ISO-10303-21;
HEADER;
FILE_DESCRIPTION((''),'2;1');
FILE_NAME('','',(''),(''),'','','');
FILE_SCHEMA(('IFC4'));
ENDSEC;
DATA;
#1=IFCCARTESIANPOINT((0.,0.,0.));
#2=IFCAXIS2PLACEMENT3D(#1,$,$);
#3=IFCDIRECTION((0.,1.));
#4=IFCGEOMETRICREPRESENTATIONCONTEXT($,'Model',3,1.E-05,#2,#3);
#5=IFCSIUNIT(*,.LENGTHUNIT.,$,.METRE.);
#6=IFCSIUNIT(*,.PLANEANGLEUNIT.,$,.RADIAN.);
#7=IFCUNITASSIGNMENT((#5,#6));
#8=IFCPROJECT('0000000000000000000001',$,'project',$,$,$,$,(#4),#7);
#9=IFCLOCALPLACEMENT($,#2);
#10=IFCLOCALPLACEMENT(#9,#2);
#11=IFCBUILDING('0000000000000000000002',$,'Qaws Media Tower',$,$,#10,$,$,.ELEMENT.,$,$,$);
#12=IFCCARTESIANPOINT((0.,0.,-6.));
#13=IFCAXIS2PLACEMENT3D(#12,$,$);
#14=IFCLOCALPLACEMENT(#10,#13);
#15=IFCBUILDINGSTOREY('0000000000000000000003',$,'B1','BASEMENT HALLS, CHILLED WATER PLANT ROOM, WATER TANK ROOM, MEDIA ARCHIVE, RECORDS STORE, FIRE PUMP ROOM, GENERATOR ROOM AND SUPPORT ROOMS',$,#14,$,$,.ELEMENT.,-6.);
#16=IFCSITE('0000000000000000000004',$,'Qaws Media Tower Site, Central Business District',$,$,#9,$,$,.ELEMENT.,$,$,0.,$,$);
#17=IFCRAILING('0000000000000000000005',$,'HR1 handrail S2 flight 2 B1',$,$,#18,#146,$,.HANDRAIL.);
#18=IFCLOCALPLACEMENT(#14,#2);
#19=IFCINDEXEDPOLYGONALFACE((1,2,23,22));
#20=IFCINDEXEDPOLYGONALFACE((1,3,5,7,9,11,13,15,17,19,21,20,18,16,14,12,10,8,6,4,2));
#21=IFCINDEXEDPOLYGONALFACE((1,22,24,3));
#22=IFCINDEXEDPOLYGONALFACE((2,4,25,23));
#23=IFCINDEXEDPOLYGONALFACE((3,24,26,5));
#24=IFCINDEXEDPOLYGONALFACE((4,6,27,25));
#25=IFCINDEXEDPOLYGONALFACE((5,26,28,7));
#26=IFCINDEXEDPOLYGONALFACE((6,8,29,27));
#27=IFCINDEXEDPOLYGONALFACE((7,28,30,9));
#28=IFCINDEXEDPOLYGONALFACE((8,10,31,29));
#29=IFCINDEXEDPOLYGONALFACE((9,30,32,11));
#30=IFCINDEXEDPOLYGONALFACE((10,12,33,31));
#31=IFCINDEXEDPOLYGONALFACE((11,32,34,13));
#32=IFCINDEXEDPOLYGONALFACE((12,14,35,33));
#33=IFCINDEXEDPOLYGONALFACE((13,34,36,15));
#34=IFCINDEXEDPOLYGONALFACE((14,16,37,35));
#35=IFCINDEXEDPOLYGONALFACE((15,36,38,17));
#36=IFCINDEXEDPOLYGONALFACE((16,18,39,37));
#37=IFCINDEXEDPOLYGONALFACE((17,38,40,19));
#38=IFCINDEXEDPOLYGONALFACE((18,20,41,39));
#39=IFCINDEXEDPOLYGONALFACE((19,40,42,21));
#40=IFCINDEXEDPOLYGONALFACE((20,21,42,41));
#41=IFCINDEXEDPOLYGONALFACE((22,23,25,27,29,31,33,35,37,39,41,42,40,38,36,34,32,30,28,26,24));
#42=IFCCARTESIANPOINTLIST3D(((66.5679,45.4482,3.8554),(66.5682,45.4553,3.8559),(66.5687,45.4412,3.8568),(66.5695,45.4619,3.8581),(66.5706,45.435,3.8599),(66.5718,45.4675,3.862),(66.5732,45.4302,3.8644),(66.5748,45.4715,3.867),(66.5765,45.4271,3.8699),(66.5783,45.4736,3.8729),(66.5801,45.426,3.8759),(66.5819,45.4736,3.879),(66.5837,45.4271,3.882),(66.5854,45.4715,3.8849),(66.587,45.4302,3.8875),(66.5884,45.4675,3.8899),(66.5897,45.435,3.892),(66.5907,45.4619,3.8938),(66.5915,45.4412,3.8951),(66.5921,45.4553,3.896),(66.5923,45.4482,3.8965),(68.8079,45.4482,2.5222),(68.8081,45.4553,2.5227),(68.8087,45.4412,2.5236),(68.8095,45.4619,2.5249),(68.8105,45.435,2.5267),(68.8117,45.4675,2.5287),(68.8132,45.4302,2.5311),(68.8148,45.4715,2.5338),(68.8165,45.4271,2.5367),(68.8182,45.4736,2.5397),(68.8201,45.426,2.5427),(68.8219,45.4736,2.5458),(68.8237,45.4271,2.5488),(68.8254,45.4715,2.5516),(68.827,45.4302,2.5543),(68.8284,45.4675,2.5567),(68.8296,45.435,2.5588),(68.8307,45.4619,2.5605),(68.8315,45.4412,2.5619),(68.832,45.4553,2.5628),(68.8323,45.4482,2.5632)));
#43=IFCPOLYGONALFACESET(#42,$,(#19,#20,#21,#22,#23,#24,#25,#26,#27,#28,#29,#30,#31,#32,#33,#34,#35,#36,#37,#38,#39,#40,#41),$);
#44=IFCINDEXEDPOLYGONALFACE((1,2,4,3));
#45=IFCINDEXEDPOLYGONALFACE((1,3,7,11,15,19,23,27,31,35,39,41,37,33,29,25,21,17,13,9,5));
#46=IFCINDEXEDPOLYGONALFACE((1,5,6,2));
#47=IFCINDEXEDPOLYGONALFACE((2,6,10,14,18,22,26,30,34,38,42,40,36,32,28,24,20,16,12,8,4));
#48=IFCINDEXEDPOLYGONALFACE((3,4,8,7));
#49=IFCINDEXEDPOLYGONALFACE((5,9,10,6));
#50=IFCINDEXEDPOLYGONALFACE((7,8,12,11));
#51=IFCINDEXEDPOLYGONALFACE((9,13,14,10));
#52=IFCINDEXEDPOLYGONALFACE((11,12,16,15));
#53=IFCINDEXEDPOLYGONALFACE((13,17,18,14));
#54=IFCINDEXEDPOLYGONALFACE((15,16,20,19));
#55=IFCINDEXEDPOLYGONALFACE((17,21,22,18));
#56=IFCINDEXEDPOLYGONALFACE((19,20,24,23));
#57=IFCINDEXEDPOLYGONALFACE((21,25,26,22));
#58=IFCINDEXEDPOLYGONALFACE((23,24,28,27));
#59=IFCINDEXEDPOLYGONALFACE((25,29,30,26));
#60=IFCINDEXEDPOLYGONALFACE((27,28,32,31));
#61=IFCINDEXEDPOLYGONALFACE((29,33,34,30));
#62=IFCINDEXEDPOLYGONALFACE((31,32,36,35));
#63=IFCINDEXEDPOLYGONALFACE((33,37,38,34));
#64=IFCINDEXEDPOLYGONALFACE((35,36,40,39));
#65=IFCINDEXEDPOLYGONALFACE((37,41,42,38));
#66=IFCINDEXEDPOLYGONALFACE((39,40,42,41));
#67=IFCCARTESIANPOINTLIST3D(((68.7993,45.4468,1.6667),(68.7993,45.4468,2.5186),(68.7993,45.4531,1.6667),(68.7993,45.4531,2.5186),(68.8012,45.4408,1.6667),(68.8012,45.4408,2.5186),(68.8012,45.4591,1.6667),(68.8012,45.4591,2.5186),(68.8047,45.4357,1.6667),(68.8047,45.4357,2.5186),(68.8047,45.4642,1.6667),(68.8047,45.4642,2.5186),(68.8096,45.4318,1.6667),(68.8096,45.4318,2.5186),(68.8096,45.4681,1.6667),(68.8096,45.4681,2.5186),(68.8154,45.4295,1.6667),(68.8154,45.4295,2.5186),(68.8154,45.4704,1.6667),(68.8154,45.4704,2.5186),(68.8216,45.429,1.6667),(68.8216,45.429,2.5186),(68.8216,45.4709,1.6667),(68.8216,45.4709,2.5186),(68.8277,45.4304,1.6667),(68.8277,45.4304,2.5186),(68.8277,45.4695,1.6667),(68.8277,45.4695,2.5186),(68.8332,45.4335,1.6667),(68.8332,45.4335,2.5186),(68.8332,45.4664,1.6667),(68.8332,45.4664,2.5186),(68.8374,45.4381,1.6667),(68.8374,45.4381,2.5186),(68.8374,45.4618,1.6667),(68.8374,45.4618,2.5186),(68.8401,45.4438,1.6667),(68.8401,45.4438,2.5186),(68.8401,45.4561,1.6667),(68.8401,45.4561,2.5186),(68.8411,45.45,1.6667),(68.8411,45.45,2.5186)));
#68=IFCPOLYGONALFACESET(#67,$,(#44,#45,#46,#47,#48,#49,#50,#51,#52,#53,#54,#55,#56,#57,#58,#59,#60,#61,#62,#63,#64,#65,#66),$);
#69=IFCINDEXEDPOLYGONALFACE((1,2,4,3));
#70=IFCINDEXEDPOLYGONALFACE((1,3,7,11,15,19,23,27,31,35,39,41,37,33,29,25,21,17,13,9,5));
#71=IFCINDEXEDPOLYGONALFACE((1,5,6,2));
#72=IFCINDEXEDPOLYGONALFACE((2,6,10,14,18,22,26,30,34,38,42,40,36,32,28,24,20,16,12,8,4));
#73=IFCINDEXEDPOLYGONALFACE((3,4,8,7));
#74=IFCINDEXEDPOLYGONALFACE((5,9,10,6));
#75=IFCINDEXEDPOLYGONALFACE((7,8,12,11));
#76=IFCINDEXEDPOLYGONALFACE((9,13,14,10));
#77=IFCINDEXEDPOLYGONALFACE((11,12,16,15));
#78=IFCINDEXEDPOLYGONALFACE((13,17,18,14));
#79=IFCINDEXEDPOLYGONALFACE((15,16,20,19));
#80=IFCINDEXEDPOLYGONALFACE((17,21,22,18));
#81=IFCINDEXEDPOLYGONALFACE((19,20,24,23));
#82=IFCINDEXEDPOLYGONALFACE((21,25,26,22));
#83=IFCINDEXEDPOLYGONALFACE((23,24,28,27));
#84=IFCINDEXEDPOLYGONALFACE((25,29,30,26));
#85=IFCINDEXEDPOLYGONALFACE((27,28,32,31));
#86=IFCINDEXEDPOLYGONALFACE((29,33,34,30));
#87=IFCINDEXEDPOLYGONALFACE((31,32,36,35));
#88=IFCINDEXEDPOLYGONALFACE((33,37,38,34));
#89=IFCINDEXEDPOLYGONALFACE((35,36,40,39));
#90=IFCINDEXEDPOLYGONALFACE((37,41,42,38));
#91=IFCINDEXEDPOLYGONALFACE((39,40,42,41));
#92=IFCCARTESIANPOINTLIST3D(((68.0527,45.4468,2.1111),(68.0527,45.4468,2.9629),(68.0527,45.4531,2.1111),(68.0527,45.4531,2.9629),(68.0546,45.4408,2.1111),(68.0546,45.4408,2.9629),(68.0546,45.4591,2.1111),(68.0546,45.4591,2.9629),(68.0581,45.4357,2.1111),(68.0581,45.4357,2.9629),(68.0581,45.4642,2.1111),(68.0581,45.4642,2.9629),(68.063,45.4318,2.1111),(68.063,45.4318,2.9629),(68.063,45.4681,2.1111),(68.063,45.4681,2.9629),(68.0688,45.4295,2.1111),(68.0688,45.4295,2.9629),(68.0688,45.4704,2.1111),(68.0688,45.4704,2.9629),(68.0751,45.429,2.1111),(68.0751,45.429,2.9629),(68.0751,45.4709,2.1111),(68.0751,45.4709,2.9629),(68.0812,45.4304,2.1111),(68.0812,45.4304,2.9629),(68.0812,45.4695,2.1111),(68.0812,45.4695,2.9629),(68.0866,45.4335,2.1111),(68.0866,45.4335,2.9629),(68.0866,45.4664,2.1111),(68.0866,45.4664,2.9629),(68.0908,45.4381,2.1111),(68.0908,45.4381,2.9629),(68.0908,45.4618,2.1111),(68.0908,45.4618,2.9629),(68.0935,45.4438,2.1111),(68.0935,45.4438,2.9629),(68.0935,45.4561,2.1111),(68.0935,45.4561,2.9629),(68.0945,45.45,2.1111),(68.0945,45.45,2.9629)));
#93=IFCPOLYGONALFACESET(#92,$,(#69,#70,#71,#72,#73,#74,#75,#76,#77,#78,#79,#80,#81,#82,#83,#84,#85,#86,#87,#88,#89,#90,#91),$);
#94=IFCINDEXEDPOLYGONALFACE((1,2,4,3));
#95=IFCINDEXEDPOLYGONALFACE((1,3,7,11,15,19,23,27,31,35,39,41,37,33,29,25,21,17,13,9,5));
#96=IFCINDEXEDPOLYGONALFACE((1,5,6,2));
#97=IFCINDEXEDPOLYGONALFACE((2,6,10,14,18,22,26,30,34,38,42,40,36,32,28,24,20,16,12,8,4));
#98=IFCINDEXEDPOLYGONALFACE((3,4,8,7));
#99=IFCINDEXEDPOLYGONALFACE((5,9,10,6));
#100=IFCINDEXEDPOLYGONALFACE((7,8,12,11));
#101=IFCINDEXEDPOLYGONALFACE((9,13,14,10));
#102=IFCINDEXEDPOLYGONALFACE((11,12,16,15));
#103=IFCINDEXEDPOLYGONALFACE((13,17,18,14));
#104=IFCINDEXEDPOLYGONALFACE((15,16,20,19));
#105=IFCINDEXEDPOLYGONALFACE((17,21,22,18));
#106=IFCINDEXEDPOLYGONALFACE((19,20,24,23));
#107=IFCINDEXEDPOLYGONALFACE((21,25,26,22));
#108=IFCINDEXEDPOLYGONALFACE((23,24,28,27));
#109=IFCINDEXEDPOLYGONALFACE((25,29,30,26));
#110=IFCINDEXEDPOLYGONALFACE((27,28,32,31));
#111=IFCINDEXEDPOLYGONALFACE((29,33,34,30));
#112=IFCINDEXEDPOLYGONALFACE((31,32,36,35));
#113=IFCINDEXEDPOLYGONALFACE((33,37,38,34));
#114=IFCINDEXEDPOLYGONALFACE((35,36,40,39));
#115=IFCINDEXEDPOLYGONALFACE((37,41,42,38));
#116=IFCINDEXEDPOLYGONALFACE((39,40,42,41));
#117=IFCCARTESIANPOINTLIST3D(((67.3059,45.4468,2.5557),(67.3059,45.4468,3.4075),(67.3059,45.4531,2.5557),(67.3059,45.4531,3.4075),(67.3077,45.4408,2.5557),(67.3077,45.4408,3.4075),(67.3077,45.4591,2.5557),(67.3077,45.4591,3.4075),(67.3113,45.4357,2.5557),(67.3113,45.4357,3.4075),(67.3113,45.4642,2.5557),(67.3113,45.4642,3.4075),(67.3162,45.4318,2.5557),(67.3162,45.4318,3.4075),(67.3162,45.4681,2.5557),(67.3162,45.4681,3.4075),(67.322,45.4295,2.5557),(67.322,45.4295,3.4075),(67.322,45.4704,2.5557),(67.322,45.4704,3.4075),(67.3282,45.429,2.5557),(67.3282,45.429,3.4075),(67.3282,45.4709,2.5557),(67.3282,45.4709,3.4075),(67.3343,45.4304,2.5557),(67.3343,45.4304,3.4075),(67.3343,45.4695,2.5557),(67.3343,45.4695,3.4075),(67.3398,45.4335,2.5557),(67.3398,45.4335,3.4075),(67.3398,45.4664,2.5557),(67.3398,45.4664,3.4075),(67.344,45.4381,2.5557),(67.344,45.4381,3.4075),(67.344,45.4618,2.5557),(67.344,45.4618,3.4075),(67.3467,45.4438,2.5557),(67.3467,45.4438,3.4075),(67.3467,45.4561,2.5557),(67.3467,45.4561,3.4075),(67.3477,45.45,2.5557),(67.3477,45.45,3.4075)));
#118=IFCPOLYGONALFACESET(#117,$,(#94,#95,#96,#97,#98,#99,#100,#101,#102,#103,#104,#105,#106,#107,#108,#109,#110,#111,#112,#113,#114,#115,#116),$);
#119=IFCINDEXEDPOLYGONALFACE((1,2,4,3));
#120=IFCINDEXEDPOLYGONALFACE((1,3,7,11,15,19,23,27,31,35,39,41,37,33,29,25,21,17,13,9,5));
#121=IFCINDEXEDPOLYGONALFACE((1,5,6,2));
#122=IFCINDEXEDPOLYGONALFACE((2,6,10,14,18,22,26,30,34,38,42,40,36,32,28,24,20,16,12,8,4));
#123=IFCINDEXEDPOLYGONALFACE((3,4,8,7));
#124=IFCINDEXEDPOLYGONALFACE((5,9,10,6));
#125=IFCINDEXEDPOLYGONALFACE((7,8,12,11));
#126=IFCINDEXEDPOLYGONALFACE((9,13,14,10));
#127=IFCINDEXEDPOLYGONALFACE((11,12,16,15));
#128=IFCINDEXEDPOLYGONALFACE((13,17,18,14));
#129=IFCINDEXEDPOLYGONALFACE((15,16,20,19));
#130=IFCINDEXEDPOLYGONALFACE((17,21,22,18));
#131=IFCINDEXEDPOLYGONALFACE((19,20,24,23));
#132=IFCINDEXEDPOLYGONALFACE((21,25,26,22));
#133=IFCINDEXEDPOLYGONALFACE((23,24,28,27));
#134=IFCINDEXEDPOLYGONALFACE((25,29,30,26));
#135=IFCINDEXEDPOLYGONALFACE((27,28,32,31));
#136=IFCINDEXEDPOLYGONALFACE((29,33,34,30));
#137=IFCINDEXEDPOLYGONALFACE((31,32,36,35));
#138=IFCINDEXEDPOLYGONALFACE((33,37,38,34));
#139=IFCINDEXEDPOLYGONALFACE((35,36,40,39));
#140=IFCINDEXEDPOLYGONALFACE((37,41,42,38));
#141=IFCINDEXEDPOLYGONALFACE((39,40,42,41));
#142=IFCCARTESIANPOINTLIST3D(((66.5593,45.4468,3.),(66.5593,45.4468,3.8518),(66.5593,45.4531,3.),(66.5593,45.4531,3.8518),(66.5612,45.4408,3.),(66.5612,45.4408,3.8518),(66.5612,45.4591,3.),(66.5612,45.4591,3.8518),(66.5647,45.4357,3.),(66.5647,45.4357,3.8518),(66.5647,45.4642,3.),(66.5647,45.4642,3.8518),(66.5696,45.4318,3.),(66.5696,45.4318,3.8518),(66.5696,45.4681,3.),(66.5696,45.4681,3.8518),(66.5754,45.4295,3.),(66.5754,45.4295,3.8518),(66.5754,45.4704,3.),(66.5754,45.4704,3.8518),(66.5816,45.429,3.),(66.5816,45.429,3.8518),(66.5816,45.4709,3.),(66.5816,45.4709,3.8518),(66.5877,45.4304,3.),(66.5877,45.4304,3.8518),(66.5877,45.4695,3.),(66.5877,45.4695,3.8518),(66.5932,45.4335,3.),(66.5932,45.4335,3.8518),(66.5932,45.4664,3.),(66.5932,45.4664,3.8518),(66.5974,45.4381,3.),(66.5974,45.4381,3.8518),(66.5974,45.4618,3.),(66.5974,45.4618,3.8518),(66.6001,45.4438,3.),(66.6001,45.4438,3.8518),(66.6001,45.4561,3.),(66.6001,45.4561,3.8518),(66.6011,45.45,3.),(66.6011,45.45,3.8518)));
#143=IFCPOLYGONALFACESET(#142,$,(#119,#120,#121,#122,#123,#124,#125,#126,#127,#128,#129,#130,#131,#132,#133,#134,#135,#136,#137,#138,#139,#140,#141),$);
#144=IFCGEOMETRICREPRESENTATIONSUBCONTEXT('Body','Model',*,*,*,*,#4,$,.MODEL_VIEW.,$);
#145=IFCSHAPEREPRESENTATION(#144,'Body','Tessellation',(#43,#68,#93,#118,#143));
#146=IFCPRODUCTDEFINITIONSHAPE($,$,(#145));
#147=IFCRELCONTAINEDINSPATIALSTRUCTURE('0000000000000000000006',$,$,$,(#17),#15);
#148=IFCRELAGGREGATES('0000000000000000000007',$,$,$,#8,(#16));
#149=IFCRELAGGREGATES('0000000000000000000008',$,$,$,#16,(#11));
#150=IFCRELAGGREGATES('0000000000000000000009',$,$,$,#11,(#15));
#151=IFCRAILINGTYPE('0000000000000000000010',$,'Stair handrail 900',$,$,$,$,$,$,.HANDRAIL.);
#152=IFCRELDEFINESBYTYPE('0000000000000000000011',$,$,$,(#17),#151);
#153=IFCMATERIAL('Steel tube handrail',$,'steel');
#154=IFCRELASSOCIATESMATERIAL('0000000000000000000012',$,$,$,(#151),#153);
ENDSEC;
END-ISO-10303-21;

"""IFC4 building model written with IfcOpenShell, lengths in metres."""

from ifc_helpers import new_model, si_unit, direction, frame, origin, origin_2d, place, context, subcontext, project, spatial, circle, extrude, material, type_object, element, save


model = new_model("IFC4")

# Units and contexts
model_context = context("Model", 3, precision=1e-05, world=origin(), true_north=direction((0.0, 1.0)))
body_context = subcontext(model_context, "Body", "Model", "MODEL_VIEW")
ifc_project = project(units=[si_unit("LENGTHUNIT", "METRE"), si_unit("PLANEANGLEUNIT", "RADIAN")], contexts=[model_context])

# Site, building, storey
site_placement = place(None, origin())
site = spatial("IfcSite", under=ifc_project, at=site_placement, Name="Qaws Media Tower Site, Central Business District", CompositionType="ELEMENT", RefElevation=0.0)
building_placement = place(site_placement, origin())
building = spatial("IfcBuilding", under=site, at=building_placement, Name="Qaws Media Tower", CompositionType="ELEMENT")
storey_placement = place(building_placement, frame((0.0, 0.0, -6.0)))
storey = spatial("IfcBuildingStorey", under=building, at=storey_placement, Name="B1", Description="BASEMENT HALLS, CHILLED WATER PLANT ROOM, WATER TANK ROOM, MEDIA ARCHIVE, RECORDS STORE, FIRE PUMP ROOM, GENERATOR ROOM AND SUPPORT ROOMS", CompositionType="ELEMENT", Elevation=-6.0)

# Railing
ifc_material_1 = material(Name="Steel tube handrail", Category="steel")
railing_type = type_object("IfcRailingType", Name="Stair handrail 900", PredefinedType="HANDRAIL", material=ifc_material_1)
for number, where, name in (
    (1, (68.8201, 45.45, 1.6667), "HR1 handrail S2 flight 2 B1"),
):
    element("IfcRailing", number, at=place(storey_placement, frame(where)), inside=storey, type_object=railing_type, Name=name, PredefinedType="HANDRAIL", context=body_context, shape_type="SweptSolid", body=[
        extrude(circle(Radius=0.0239, at=origin_2d()), frame((0.0, 0.0, 0.876), z_axis=(-0.859306, 0.0, 0.511462), x_axis=(0.0, -1.0, 0.0)), (0.0, 0.0, 1.0), 2.6067),
        extrude(circle(Radius=0.021, at=origin_2d()), origin(), (0.0, 0.0, 1.0), 0.8518),
        extrude(circle(Radius=0.021, at=origin_2d()), frame((-0.7466, 0.0, 0.4443)), (0.0, 0.0, 1.0), 0.8518),
        extrude(circle(Radius=0.021, at=origin_2d()), frame((-1.4934, 0.0, 0.8889)), (0.0, 0.0, 1.0), 0.8518),
        extrude(circle(Radius=0.021, at=origin_2d()), frame((-2.24, 0.0, 1.3333)), (0.0, 0.0, 1.0), 0.8518),
    ])

save(model, "model.ifc")
